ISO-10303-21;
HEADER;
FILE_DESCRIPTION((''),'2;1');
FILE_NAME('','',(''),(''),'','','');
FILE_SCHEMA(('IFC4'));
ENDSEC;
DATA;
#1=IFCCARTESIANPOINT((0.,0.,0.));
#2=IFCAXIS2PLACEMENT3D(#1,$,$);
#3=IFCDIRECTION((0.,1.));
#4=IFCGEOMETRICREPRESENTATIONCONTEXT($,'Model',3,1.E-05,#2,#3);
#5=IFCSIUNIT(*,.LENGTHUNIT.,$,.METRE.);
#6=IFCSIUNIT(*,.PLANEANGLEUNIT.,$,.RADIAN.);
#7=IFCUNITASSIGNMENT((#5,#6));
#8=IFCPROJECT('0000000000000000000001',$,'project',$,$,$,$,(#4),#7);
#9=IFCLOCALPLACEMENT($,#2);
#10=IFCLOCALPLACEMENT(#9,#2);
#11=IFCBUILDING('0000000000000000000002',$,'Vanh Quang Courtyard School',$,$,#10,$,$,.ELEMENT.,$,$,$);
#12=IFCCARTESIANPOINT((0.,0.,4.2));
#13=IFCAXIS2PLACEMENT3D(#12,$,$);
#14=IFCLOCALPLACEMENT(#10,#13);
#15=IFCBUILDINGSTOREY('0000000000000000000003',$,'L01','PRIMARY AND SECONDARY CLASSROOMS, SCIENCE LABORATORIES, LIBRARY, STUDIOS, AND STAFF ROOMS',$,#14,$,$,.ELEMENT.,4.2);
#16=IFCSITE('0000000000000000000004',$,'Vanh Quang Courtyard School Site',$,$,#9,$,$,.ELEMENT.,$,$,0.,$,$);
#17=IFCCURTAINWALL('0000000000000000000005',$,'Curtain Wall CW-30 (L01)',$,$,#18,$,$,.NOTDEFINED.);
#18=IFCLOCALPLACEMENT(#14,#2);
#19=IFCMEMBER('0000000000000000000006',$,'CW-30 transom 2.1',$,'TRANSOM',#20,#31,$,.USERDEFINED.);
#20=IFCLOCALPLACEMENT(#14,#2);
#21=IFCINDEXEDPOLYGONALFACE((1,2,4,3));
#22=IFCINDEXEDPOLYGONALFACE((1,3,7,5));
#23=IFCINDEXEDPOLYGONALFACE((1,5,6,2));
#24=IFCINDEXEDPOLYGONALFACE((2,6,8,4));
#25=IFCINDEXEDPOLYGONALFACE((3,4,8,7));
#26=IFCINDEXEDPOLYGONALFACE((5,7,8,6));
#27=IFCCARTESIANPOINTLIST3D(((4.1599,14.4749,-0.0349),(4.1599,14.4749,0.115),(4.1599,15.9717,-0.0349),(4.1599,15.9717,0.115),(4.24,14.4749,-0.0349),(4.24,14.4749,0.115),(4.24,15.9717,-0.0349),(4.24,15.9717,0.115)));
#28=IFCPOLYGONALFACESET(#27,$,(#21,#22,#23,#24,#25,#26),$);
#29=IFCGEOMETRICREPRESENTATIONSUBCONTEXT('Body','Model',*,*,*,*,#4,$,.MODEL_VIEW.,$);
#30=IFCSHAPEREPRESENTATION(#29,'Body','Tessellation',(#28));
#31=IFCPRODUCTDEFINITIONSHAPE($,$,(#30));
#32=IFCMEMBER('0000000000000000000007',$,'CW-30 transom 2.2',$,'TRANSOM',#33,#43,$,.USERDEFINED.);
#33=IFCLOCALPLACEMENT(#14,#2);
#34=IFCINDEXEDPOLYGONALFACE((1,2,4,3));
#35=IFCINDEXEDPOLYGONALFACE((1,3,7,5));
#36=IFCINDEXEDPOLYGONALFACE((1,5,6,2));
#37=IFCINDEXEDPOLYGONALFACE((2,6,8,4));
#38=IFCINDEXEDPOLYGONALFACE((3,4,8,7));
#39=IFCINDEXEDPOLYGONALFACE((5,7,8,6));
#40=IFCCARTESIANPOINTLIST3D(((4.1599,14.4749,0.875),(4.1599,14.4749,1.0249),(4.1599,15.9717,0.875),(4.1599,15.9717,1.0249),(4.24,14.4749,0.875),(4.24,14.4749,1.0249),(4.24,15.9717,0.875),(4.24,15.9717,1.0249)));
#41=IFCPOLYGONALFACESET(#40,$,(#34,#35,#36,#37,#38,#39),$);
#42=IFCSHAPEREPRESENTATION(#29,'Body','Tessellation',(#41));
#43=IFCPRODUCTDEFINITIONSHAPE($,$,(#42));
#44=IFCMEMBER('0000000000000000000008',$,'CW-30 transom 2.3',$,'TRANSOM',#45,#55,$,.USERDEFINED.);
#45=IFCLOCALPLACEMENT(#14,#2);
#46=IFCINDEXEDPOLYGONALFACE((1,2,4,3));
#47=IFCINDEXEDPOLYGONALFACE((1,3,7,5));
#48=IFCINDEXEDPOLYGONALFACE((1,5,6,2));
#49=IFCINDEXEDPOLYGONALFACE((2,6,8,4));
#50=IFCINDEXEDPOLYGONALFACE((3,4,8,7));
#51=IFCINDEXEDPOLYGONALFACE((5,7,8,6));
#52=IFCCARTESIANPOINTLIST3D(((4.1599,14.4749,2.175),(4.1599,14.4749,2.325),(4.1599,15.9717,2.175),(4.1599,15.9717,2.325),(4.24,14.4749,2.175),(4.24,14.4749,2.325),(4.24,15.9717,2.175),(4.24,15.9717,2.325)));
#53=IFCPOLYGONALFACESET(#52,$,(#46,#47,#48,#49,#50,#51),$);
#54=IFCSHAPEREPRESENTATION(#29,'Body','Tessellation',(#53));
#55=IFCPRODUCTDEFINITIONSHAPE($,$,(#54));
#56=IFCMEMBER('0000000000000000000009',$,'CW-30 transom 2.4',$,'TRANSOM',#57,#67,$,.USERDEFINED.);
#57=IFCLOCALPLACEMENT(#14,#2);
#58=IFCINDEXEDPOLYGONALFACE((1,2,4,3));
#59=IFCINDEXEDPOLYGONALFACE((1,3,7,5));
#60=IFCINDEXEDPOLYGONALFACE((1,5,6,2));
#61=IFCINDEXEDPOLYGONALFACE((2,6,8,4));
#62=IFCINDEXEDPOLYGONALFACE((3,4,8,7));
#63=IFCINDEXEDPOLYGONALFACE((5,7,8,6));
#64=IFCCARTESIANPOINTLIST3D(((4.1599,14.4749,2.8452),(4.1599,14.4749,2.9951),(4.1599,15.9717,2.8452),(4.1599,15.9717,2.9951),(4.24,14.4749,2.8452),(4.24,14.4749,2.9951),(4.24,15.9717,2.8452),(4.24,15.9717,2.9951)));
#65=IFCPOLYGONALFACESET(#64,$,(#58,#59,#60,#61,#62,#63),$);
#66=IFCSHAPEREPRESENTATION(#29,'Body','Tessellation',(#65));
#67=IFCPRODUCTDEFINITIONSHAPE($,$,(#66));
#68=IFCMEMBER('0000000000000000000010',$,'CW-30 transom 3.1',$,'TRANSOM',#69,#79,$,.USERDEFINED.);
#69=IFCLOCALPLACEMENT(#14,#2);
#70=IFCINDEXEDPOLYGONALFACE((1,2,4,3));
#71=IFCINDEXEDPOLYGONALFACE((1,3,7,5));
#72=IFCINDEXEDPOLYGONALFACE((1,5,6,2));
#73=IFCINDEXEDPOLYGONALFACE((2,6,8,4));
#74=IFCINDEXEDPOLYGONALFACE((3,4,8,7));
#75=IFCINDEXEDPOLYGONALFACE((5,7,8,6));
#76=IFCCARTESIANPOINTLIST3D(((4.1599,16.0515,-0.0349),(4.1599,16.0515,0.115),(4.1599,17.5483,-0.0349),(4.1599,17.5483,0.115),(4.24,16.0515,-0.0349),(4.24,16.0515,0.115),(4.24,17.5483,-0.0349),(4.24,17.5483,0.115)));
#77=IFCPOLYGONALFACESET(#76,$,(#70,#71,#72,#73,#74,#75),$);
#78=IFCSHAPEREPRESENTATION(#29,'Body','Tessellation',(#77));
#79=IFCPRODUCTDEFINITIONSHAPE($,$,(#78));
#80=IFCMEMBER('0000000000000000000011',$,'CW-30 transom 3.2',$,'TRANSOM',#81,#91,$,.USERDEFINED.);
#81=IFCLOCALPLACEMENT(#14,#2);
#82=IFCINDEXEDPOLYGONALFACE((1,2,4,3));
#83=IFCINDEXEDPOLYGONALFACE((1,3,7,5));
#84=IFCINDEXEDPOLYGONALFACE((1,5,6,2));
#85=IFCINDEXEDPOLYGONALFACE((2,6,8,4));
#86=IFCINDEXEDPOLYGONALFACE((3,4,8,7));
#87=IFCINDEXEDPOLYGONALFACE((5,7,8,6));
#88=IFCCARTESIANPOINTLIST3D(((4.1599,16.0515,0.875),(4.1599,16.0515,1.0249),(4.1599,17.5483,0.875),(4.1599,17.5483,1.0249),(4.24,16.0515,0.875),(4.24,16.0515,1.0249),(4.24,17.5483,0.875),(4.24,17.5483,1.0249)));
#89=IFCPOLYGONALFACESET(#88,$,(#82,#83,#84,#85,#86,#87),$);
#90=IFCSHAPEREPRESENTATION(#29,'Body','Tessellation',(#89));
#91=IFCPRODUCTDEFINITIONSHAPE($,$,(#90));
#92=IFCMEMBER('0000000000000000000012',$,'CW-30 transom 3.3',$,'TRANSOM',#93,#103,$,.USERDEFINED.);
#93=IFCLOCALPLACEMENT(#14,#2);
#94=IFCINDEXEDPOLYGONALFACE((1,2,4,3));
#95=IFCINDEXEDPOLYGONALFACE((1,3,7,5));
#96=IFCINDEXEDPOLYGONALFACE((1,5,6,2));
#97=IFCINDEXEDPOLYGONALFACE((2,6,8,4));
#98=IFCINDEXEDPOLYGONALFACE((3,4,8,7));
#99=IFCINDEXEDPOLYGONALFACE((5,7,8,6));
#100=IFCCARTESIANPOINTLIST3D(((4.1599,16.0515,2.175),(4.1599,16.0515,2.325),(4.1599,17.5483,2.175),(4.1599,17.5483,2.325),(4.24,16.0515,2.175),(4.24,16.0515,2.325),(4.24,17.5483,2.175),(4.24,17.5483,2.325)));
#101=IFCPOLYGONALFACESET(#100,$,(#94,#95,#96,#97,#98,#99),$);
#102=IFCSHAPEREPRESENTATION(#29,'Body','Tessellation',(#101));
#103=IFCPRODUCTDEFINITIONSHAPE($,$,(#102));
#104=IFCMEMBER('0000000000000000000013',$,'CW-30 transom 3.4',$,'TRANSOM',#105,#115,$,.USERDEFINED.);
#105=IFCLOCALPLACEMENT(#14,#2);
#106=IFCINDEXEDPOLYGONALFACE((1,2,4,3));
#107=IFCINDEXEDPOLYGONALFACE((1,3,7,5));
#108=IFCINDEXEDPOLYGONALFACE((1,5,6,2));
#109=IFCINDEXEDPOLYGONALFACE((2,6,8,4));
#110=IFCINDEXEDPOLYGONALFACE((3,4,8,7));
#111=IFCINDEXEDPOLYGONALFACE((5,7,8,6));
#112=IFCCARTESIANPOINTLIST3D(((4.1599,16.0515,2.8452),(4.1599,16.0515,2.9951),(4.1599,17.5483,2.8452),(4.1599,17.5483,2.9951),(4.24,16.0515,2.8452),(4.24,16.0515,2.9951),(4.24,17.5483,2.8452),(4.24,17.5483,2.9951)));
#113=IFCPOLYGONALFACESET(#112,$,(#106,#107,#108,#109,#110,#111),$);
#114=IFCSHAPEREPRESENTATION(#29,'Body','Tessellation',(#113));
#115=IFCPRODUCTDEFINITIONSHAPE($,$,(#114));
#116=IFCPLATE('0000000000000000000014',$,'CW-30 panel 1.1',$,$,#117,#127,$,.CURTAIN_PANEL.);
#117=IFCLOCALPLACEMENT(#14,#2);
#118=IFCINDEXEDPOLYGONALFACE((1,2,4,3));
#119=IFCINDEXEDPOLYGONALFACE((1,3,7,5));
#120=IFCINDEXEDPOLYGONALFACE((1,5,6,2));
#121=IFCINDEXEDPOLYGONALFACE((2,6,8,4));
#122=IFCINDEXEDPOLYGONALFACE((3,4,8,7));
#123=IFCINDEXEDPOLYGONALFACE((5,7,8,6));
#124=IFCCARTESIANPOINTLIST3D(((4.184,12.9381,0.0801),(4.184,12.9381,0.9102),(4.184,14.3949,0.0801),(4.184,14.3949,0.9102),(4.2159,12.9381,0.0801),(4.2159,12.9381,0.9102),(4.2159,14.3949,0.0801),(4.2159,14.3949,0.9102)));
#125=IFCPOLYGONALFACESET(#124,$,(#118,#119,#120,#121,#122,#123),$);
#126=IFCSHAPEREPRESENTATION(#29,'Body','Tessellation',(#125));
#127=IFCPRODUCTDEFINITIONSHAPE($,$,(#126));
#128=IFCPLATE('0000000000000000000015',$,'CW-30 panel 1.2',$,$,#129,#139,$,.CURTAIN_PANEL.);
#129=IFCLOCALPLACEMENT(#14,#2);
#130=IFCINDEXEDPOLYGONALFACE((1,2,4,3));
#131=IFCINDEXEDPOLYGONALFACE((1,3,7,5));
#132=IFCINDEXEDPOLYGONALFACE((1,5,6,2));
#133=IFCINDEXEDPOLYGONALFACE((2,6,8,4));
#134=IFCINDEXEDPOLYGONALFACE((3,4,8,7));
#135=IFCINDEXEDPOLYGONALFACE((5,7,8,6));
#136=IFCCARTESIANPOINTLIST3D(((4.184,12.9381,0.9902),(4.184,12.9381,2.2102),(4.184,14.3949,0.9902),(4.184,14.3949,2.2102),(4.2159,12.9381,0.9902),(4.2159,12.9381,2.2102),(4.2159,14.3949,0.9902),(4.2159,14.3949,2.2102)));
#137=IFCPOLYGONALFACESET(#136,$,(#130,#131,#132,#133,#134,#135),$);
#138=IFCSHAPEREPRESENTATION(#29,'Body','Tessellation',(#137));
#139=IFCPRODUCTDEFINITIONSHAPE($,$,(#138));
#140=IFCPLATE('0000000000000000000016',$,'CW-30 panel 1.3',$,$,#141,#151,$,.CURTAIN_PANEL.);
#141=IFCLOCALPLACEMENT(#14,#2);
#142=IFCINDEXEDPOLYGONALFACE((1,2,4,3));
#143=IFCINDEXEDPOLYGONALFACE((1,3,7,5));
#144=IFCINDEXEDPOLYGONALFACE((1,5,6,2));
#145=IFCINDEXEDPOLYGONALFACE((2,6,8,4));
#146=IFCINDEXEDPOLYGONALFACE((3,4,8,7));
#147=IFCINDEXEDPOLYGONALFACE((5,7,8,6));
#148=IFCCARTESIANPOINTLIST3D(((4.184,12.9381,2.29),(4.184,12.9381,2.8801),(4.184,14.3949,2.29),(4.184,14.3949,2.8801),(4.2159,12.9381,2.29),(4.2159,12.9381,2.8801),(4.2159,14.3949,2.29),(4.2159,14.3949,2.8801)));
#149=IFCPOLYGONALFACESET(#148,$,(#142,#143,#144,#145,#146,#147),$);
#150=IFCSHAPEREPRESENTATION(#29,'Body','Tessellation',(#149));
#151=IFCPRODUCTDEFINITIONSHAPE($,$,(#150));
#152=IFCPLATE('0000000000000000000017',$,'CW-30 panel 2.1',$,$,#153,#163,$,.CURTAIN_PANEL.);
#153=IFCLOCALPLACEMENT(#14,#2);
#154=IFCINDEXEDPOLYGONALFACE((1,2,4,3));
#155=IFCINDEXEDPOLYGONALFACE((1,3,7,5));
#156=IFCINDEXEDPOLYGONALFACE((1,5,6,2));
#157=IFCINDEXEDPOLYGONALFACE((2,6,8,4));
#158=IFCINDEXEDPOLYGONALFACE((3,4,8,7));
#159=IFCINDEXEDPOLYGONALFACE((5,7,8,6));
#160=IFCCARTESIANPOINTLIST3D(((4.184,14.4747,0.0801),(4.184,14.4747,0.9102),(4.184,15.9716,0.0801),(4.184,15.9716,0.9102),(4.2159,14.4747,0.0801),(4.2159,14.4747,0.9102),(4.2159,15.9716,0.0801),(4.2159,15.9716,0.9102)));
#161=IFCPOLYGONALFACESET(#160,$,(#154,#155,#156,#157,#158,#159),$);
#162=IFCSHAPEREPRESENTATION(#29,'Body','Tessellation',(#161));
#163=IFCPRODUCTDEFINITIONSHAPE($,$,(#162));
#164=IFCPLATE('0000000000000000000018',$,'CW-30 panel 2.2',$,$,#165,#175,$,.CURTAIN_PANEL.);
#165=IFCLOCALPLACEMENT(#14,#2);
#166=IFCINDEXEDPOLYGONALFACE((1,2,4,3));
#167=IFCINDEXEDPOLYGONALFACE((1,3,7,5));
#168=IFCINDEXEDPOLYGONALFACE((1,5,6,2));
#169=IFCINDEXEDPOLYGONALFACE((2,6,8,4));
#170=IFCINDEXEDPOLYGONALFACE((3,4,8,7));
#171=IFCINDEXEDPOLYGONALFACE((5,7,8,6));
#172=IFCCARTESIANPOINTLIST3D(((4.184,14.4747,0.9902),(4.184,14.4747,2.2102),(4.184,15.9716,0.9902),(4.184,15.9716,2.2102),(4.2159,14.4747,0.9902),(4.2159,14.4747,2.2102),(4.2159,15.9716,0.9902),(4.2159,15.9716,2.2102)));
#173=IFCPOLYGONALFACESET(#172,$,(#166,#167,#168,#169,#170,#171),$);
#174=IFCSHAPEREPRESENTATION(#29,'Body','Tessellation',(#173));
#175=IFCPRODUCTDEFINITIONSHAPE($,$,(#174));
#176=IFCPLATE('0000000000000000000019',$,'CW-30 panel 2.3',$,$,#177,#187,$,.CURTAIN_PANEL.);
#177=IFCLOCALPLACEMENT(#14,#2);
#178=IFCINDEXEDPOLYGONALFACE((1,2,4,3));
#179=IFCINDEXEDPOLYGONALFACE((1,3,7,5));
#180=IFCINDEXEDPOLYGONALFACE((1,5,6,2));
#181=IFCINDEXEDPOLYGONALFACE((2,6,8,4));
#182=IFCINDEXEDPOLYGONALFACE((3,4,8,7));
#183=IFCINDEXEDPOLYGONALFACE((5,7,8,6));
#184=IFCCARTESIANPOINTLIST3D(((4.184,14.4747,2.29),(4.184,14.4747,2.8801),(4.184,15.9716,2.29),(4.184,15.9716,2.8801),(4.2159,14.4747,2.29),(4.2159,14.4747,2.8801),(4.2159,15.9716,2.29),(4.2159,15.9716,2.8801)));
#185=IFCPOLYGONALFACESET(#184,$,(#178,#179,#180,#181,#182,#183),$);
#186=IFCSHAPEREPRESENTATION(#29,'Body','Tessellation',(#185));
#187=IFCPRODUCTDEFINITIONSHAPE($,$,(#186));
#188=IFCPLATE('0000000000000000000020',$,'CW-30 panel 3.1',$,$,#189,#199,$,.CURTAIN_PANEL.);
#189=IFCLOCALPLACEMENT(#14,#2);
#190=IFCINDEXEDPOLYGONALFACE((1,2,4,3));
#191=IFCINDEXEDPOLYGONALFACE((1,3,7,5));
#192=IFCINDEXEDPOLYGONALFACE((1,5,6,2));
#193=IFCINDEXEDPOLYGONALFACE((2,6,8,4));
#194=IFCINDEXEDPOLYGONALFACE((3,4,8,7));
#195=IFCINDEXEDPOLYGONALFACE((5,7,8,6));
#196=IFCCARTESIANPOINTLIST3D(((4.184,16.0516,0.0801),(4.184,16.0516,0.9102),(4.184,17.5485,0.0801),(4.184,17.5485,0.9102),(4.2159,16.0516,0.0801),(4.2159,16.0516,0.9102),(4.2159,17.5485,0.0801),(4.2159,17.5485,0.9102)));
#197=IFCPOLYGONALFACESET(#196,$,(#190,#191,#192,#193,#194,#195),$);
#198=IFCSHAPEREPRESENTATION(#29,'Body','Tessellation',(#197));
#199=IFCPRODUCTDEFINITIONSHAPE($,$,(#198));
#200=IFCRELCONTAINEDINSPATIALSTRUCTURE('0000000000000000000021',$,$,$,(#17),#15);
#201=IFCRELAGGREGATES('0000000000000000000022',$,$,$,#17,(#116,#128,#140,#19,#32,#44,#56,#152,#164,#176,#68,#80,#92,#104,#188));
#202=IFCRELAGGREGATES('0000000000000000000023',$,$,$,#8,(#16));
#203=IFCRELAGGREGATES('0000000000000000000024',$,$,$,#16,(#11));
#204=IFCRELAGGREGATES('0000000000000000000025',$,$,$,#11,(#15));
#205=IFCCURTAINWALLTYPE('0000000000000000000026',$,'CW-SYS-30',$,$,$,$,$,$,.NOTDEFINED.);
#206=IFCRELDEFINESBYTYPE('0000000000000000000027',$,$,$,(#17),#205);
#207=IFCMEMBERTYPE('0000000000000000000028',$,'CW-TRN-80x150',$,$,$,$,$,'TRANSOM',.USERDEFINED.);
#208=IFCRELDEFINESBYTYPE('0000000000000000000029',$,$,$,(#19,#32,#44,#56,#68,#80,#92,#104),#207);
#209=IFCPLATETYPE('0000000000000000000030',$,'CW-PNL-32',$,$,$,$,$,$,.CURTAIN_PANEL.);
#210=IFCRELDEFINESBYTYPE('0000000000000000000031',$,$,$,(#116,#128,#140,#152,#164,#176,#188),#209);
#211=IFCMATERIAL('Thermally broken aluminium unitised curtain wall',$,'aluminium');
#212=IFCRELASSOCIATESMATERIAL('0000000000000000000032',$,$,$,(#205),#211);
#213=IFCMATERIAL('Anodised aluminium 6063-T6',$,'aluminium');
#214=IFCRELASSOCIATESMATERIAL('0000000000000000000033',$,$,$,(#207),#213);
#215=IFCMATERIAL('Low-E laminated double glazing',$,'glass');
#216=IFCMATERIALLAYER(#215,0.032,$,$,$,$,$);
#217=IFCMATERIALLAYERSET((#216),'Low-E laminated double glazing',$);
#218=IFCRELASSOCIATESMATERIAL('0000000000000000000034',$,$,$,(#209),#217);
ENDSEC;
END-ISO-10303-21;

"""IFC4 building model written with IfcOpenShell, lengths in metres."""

from ifc_helpers import new_model, si_unit, direction, frame, origin, origin_2d, place, context, subcontext, project, spatial, rectangle, extrude, material, layer, layer_set, material_profile, profile_set, type_object, element, aggregate, save


model = new_model("IFC4")

# Units and contexts
model_context = context("Model", 3, precision=1e-05, world=origin(), true_north=direction((0.0, 1.0)))
body_context = subcontext(model_context, "Body", "Model", "MODEL_VIEW")
ifc_project = project(units=[si_unit("LENGTHUNIT", "METRE"), si_unit("PLANEANGLEUNIT", "RADIAN")], contexts=[model_context])

# Site, building, storey
site_placement = place(None, origin())
site = spatial("IfcSite", under=ifc_project, at=site_placement, Name="Vanh Quang Courtyard School Site", CompositionType="ELEMENT", RefElevation=0.0)
building_placement = place(site_placement, origin())
building = spatial("IfcBuilding", under=site, at=building_placement, Name="Vanh Quang Courtyard School", CompositionType="ELEMENT")
storey_placement = place(building_placement, frame((0.0, 0.0, 4.2)))
storey = spatial("IfcBuildingStorey", under=building, at=storey_placement, Name="L01", Description="PRIMARY AND SECONDARY CLASSROOMS, SCIENCE LABORATORIES, LIBRARY, STUDIOS, AND STAFF ROOMS", CompositionType="ELEMENT", Elevation=4.2)

# Curtain wall, members, plates
ifc_material_1 = material(Name="Thermally broken aluminium unitised curtain wall", Category="aluminium")
curtain_wall_type = type_object("IfcCurtainWallType", Name="CW-SYS-30", PredefinedType="NOTDEFINED", material=ifc_material_1)
curtain_wall_placement = place(storey_placement, origin())
curtain_wall = element("IfcCurtainWall", 1, at=curtain_wall_placement, inside=storey, type_object=curtain_wall_type, Name="Curtain Wall CW-30 (L01)", PredefinedType="NOTDEFINED")
ifc_material_2 = material(Name="Anodised aluminium 6063-T6", Category="aluminium")
ifc_material_profile_1 = material_profile(ifc_material_2, rectangle(XDim=0.0801, YDim=0.1499, at=origin_2d()), Name="ALU-TRN 80x150")
ifc_profile_set_1 = profile_set([ifc_material_profile_1], Name="Anodised aluminium 6063-T6")
member_type_1 = type_object("IfcMemberType", Name="CW-TRN-80x150", ElementType="TRANSOM", PredefinedType="USERDEFINED", material=ifc_profile_set_1)
member_1_placement = place(storey_placement, frame((4.2, 14.4749, 0.04), z_axis=(0.0, 1.0, 0.0), x_axis=(-1.0, 0.0, 0.0)))
member_1 = element("IfcMember", 2, at=member_1_placement, type_object=member_type_1, Name="CW-30 transom 2.1", ObjectType="TRANSOM", PredefinedType="USERDEFINED", context=body_context, shape_type="SweptSolid", body=[
    extrude(rectangle(XDim=0.0801, YDim=0.1499, at=origin_2d()), origin(), (0.0, 0.0, 1.0), 1.4968),
])
member_2_placement = place(storey_placement, frame((4.2, 14.4749, 0.95), z_axis=(0.0, 1.0, 0.0), x_axis=(-1.0, 0.0, 0.0)))
member_2 = element("IfcMember", 3, at=member_2_placement, type_object=member_type_1, Name="CW-30 transom 2.2", ObjectType="TRANSOM", PredefinedType="USERDEFINED", context=body_context, shape_type="SweptSolid", body=[
    extrude(rectangle(XDim=0.0801, YDim=0.1499, at=origin_2d()), origin(), (0.0, 0.0, 1.0), 1.4968),
])
member_3_placement = place(storey_placement, frame((4.2, 14.4749, 2.25), z_axis=(0.0, 1.0, 0.0), x_axis=(-1.0, 0.0, 0.0)))
member_3 = element("IfcMember", 4, at=member_3_placement, type_object=member_type_1, Name="CW-30 transom 2.3", ObjectType="TRANSOM", PredefinedType="USERDEFINED", context=body_context, shape_type="SweptSolid", body=[
    extrude(rectangle(XDim=0.0801, YDim=0.1499, at=origin_2d()), origin(), (0.0, 0.0, 1.0), 1.4968),
])
member_4_placement = place(storey_placement, frame((4.2, 14.4749, 2.9202), z_axis=(0.0, 1.0, 0.0), x_axis=(-1.0, 0.0, 0.0)))
member_4 = element("IfcMember", 5, at=member_4_placement, type_object=member_type_1, Name="CW-30 transom 2.4", ObjectType="TRANSOM", PredefinedType="USERDEFINED", context=body_context, shape_type="SweptSolid", body=[
    extrude(rectangle(XDim=0.0801, YDim=0.1499, at=origin_2d()), origin(), (0.0, 0.0, 1.0), 1.4968),
])
member_5_placement = place(storey_placement, frame((4.2, 16.0515, 0.04), z_axis=(0.0, 1.0, 0.0), x_axis=(-1.0, 0.0, 0.0)))
member_5 = element("IfcMember", 6, at=member_5_placement, type_object=member_type_1, Name="CW-30 transom 3.1", ObjectType="TRANSOM", PredefinedType="USERDEFINED", context=body_context, shape_type="SweptSolid", body=[
    extrude(rectangle(XDim=0.0801, YDim=0.1499, at=origin_2d()), origin(), (0.0, 0.0, 1.0), 1.4968),
])
member_6_placement = place(storey_placement, frame((4.2, 16.0515, 0.95), z_axis=(0.0, 1.0, 0.0), x_axis=(-1.0, 0.0, 0.0)))
member_6 = element("IfcMember", 7, at=member_6_placement, type_object=member_type_1, Name="CW-30 transom 3.2", ObjectType="TRANSOM", PredefinedType="USERDEFINED", context=body_context, shape_type="SweptSolid", body=[
    extrude(rectangle(XDim=0.0801, YDim=0.1499, at=origin_2d()), origin(), (0.0, 0.0, 1.0), 1.4968),
])
member_7_placement = place(storey_placement, frame((4.2, 16.0515, 2.25), z_axis=(0.0, 1.0, 0.0), x_axis=(-1.0, 0.0, 0.0)))
member_7 = element("IfcMember", 8, at=member_7_placement, type_object=member_type_1, Name="CW-30 transom 3.3", ObjectType="TRANSOM", PredefinedType="USERDEFINED", context=body_context, shape_type="SweptSolid", body=[
    extrude(rectangle(XDim=0.0801, YDim=0.1499, at=origin_2d()), origin(), (0.0, 0.0, 1.0), 1.4968),
])
member_8_placement = place(storey_placement, frame((4.2, 16.0515, 2.9202), z_axis=(0.0, 1.0, 0.0), x_axis=(-1.0, 0.0, 0.0)))
member_8 = element("IfcMember", 9, at=member_8_placement, type_object=member_type_1, Name="CW-30 transom 3.4", ObjectType="TRANSOM", PredefinedType="USERDEFINED", context=body_context, shape_type="SweptSolid", body=[
    extrude(rectangle(XDim=0.0801, YDim=0.1499, at=origin_2d()), origin(), (0.0, 0.0, 1.0), 1.4968),
])
ifc_material_3 = material(Name="Low-E laminated double glazing", Category="glass")
ifc_layer_1 = layer(ifc_material_3, 0.032)
ifc_layer_set_1 = layer_set([ifc_layer_1], Name="Low-E laminated double glazing")
plate_type = type_object("IfcPlateType", Name="CW-PNL-32", PredefinedType="CURTAIN_PANEL", material=ifc_layer_set_1)
plate_1_placement = place(storey_placement, frame((4.2, 13.6665, 0.0801), z_axis=(0.0, 0.0, 1.0), x_axis=(0.0, 1.0, 0.0)))
plate_1 = element("IfcPlate", 10, at=plate_1_placement, type_object=plate_type, Name="CW-30 panel 1.1", PredefinedType="CURTAIN_PANEL", context=body_context, shape_type="SweptSolid", body=[
    extrude(rectangle(XDim=1.4568, YDim=0.032, at=origin_2d()), origin(), (0.0, 0.0, 1.0), 0.8301),
])
plate_2_placement = place(storey_placement, frame((4.2, 13.6665, 0.9902), z_axis=(0.0, 0.0, 1.0), x_axis=(0.0, 1.0, 0.0)))
plate_2 = element("IfcPlate", 11, at=plate_2_placement, type_object=plate_type, Name="CW-30 panel 1.2", PredefinedType="CURTAIN_PANEL", context=body_context, shape_type="SweptSolid", body=[
    extrude(rectangle(XDim=1.4568, YDim=0.032, at=origin_2d()), origin(), (0.0, 0.0, 1.0), 1.22),
])
plate_3_placement = place(storey_placement, frame((4.2, 13.6665, 2.29), z_axis=(0.0, 0.0, 1.0), x_axis=(0.0, 1.0, 0.0)))
plate_3 = element("IfcPlate", 12, at=plate_3_placement, type_object=plate_type, Name="CW-30 panel 1.3", PredefinedType="CURTAIN_PANEL", context=body_context, shape_type="SweptSolid", body=[
    extrude(rectangle(XDim=1.4568, YDim=0.032, at=origin_2d()), origin(), (0.0, 0.0, 1.0), 0.5901),
])
plate_4_placement = place(storey_placement, frame((4.2, 15.2231, 0.0801), z_axis=(0.0, 0.0, 1.0), x_axis=(0.0, 1.0, 0.0)))
plate_4 = element("IfcPlate", 13, at=plate_4_placement, type_object=plate_type, Name="CW-30 panel 2.1", PredefinedType="CURTAIN_PANEL", context=body_context, shape_type="SweptSolid", body=[
    extrude(rectangle(XDim=1.4968, YDim=0.032, at=origin_2d()), origin(), (0.0, 0.0, 1.0), 0.8301),
])
plate_5_placement = place(storey_placement, frame((4.2, 15.2231, 0.9902), z_axis=(0.0, 0.0, 1.0), x_axis=(0.0, 1.0, 0.0)))
plate_5 = element("IfcPlate", 14, at=plate_5_placement, type_object=plate_type, Name="CW-30 panel 2.2", PredefinedType="CURTAIN_PANEL", context=body_context, shape_type="SweptSolid", body=[
    extrude(rectangle(XDim=1.4968, YDim=0.032, at=origin_2d()), origin(), (0.0, 0.0, 1.0), 1.22),
])
plate_6_placement = place(storey_placement, frame((4.2, 15.2231, 2.29), z_axis=(0.0, 0.0, 1.0), x_axis=(0.0, 1.0, 0.0)))
plate_6 = element("IfcPlate", 15, at=plate_6_placement, type_object=plate_type, Name="CW-30 panel 2.3", PredefinedType="CURTAIN_PANEL", context=body_context, shape_type="SweptSolid", body=[
    extrude(rectangle(XDim=1.4968, YDim=0.032, at=origin_2d()), origin(), (0.0, 0.0, 1.0), 0.5901),
])
plate_7_placement = place(storey_placement, frame((4.2, 16.8, 0.0801), z_axis=(0.0, 0.0, 1.0), x_axis=(0.0, 1.0, 0.0)))
plate_7 = element("IfcPlate", 16, at=plate_7_placement, type_object=plate_type, Name="CW-30 panel 3.1", PredefinedType="CURTAIN_PANEL", context=body_context, shape_type="SweptSolid", body=[
    extrude(rectangle(XDim=1.4968, YDim=0.032, at=origin_2d()), origin(), (0.0, 0.0, 1.0), 0.8301),
])
aggregate(curtain_wall, [plate_1, plate_2, plate_3, member_1, member_2, member_3, member_4, plate_4, plate_5, plate_6, member_5, member_6, member_7, member_8, plate_7])

save(model, "model.ifc")
